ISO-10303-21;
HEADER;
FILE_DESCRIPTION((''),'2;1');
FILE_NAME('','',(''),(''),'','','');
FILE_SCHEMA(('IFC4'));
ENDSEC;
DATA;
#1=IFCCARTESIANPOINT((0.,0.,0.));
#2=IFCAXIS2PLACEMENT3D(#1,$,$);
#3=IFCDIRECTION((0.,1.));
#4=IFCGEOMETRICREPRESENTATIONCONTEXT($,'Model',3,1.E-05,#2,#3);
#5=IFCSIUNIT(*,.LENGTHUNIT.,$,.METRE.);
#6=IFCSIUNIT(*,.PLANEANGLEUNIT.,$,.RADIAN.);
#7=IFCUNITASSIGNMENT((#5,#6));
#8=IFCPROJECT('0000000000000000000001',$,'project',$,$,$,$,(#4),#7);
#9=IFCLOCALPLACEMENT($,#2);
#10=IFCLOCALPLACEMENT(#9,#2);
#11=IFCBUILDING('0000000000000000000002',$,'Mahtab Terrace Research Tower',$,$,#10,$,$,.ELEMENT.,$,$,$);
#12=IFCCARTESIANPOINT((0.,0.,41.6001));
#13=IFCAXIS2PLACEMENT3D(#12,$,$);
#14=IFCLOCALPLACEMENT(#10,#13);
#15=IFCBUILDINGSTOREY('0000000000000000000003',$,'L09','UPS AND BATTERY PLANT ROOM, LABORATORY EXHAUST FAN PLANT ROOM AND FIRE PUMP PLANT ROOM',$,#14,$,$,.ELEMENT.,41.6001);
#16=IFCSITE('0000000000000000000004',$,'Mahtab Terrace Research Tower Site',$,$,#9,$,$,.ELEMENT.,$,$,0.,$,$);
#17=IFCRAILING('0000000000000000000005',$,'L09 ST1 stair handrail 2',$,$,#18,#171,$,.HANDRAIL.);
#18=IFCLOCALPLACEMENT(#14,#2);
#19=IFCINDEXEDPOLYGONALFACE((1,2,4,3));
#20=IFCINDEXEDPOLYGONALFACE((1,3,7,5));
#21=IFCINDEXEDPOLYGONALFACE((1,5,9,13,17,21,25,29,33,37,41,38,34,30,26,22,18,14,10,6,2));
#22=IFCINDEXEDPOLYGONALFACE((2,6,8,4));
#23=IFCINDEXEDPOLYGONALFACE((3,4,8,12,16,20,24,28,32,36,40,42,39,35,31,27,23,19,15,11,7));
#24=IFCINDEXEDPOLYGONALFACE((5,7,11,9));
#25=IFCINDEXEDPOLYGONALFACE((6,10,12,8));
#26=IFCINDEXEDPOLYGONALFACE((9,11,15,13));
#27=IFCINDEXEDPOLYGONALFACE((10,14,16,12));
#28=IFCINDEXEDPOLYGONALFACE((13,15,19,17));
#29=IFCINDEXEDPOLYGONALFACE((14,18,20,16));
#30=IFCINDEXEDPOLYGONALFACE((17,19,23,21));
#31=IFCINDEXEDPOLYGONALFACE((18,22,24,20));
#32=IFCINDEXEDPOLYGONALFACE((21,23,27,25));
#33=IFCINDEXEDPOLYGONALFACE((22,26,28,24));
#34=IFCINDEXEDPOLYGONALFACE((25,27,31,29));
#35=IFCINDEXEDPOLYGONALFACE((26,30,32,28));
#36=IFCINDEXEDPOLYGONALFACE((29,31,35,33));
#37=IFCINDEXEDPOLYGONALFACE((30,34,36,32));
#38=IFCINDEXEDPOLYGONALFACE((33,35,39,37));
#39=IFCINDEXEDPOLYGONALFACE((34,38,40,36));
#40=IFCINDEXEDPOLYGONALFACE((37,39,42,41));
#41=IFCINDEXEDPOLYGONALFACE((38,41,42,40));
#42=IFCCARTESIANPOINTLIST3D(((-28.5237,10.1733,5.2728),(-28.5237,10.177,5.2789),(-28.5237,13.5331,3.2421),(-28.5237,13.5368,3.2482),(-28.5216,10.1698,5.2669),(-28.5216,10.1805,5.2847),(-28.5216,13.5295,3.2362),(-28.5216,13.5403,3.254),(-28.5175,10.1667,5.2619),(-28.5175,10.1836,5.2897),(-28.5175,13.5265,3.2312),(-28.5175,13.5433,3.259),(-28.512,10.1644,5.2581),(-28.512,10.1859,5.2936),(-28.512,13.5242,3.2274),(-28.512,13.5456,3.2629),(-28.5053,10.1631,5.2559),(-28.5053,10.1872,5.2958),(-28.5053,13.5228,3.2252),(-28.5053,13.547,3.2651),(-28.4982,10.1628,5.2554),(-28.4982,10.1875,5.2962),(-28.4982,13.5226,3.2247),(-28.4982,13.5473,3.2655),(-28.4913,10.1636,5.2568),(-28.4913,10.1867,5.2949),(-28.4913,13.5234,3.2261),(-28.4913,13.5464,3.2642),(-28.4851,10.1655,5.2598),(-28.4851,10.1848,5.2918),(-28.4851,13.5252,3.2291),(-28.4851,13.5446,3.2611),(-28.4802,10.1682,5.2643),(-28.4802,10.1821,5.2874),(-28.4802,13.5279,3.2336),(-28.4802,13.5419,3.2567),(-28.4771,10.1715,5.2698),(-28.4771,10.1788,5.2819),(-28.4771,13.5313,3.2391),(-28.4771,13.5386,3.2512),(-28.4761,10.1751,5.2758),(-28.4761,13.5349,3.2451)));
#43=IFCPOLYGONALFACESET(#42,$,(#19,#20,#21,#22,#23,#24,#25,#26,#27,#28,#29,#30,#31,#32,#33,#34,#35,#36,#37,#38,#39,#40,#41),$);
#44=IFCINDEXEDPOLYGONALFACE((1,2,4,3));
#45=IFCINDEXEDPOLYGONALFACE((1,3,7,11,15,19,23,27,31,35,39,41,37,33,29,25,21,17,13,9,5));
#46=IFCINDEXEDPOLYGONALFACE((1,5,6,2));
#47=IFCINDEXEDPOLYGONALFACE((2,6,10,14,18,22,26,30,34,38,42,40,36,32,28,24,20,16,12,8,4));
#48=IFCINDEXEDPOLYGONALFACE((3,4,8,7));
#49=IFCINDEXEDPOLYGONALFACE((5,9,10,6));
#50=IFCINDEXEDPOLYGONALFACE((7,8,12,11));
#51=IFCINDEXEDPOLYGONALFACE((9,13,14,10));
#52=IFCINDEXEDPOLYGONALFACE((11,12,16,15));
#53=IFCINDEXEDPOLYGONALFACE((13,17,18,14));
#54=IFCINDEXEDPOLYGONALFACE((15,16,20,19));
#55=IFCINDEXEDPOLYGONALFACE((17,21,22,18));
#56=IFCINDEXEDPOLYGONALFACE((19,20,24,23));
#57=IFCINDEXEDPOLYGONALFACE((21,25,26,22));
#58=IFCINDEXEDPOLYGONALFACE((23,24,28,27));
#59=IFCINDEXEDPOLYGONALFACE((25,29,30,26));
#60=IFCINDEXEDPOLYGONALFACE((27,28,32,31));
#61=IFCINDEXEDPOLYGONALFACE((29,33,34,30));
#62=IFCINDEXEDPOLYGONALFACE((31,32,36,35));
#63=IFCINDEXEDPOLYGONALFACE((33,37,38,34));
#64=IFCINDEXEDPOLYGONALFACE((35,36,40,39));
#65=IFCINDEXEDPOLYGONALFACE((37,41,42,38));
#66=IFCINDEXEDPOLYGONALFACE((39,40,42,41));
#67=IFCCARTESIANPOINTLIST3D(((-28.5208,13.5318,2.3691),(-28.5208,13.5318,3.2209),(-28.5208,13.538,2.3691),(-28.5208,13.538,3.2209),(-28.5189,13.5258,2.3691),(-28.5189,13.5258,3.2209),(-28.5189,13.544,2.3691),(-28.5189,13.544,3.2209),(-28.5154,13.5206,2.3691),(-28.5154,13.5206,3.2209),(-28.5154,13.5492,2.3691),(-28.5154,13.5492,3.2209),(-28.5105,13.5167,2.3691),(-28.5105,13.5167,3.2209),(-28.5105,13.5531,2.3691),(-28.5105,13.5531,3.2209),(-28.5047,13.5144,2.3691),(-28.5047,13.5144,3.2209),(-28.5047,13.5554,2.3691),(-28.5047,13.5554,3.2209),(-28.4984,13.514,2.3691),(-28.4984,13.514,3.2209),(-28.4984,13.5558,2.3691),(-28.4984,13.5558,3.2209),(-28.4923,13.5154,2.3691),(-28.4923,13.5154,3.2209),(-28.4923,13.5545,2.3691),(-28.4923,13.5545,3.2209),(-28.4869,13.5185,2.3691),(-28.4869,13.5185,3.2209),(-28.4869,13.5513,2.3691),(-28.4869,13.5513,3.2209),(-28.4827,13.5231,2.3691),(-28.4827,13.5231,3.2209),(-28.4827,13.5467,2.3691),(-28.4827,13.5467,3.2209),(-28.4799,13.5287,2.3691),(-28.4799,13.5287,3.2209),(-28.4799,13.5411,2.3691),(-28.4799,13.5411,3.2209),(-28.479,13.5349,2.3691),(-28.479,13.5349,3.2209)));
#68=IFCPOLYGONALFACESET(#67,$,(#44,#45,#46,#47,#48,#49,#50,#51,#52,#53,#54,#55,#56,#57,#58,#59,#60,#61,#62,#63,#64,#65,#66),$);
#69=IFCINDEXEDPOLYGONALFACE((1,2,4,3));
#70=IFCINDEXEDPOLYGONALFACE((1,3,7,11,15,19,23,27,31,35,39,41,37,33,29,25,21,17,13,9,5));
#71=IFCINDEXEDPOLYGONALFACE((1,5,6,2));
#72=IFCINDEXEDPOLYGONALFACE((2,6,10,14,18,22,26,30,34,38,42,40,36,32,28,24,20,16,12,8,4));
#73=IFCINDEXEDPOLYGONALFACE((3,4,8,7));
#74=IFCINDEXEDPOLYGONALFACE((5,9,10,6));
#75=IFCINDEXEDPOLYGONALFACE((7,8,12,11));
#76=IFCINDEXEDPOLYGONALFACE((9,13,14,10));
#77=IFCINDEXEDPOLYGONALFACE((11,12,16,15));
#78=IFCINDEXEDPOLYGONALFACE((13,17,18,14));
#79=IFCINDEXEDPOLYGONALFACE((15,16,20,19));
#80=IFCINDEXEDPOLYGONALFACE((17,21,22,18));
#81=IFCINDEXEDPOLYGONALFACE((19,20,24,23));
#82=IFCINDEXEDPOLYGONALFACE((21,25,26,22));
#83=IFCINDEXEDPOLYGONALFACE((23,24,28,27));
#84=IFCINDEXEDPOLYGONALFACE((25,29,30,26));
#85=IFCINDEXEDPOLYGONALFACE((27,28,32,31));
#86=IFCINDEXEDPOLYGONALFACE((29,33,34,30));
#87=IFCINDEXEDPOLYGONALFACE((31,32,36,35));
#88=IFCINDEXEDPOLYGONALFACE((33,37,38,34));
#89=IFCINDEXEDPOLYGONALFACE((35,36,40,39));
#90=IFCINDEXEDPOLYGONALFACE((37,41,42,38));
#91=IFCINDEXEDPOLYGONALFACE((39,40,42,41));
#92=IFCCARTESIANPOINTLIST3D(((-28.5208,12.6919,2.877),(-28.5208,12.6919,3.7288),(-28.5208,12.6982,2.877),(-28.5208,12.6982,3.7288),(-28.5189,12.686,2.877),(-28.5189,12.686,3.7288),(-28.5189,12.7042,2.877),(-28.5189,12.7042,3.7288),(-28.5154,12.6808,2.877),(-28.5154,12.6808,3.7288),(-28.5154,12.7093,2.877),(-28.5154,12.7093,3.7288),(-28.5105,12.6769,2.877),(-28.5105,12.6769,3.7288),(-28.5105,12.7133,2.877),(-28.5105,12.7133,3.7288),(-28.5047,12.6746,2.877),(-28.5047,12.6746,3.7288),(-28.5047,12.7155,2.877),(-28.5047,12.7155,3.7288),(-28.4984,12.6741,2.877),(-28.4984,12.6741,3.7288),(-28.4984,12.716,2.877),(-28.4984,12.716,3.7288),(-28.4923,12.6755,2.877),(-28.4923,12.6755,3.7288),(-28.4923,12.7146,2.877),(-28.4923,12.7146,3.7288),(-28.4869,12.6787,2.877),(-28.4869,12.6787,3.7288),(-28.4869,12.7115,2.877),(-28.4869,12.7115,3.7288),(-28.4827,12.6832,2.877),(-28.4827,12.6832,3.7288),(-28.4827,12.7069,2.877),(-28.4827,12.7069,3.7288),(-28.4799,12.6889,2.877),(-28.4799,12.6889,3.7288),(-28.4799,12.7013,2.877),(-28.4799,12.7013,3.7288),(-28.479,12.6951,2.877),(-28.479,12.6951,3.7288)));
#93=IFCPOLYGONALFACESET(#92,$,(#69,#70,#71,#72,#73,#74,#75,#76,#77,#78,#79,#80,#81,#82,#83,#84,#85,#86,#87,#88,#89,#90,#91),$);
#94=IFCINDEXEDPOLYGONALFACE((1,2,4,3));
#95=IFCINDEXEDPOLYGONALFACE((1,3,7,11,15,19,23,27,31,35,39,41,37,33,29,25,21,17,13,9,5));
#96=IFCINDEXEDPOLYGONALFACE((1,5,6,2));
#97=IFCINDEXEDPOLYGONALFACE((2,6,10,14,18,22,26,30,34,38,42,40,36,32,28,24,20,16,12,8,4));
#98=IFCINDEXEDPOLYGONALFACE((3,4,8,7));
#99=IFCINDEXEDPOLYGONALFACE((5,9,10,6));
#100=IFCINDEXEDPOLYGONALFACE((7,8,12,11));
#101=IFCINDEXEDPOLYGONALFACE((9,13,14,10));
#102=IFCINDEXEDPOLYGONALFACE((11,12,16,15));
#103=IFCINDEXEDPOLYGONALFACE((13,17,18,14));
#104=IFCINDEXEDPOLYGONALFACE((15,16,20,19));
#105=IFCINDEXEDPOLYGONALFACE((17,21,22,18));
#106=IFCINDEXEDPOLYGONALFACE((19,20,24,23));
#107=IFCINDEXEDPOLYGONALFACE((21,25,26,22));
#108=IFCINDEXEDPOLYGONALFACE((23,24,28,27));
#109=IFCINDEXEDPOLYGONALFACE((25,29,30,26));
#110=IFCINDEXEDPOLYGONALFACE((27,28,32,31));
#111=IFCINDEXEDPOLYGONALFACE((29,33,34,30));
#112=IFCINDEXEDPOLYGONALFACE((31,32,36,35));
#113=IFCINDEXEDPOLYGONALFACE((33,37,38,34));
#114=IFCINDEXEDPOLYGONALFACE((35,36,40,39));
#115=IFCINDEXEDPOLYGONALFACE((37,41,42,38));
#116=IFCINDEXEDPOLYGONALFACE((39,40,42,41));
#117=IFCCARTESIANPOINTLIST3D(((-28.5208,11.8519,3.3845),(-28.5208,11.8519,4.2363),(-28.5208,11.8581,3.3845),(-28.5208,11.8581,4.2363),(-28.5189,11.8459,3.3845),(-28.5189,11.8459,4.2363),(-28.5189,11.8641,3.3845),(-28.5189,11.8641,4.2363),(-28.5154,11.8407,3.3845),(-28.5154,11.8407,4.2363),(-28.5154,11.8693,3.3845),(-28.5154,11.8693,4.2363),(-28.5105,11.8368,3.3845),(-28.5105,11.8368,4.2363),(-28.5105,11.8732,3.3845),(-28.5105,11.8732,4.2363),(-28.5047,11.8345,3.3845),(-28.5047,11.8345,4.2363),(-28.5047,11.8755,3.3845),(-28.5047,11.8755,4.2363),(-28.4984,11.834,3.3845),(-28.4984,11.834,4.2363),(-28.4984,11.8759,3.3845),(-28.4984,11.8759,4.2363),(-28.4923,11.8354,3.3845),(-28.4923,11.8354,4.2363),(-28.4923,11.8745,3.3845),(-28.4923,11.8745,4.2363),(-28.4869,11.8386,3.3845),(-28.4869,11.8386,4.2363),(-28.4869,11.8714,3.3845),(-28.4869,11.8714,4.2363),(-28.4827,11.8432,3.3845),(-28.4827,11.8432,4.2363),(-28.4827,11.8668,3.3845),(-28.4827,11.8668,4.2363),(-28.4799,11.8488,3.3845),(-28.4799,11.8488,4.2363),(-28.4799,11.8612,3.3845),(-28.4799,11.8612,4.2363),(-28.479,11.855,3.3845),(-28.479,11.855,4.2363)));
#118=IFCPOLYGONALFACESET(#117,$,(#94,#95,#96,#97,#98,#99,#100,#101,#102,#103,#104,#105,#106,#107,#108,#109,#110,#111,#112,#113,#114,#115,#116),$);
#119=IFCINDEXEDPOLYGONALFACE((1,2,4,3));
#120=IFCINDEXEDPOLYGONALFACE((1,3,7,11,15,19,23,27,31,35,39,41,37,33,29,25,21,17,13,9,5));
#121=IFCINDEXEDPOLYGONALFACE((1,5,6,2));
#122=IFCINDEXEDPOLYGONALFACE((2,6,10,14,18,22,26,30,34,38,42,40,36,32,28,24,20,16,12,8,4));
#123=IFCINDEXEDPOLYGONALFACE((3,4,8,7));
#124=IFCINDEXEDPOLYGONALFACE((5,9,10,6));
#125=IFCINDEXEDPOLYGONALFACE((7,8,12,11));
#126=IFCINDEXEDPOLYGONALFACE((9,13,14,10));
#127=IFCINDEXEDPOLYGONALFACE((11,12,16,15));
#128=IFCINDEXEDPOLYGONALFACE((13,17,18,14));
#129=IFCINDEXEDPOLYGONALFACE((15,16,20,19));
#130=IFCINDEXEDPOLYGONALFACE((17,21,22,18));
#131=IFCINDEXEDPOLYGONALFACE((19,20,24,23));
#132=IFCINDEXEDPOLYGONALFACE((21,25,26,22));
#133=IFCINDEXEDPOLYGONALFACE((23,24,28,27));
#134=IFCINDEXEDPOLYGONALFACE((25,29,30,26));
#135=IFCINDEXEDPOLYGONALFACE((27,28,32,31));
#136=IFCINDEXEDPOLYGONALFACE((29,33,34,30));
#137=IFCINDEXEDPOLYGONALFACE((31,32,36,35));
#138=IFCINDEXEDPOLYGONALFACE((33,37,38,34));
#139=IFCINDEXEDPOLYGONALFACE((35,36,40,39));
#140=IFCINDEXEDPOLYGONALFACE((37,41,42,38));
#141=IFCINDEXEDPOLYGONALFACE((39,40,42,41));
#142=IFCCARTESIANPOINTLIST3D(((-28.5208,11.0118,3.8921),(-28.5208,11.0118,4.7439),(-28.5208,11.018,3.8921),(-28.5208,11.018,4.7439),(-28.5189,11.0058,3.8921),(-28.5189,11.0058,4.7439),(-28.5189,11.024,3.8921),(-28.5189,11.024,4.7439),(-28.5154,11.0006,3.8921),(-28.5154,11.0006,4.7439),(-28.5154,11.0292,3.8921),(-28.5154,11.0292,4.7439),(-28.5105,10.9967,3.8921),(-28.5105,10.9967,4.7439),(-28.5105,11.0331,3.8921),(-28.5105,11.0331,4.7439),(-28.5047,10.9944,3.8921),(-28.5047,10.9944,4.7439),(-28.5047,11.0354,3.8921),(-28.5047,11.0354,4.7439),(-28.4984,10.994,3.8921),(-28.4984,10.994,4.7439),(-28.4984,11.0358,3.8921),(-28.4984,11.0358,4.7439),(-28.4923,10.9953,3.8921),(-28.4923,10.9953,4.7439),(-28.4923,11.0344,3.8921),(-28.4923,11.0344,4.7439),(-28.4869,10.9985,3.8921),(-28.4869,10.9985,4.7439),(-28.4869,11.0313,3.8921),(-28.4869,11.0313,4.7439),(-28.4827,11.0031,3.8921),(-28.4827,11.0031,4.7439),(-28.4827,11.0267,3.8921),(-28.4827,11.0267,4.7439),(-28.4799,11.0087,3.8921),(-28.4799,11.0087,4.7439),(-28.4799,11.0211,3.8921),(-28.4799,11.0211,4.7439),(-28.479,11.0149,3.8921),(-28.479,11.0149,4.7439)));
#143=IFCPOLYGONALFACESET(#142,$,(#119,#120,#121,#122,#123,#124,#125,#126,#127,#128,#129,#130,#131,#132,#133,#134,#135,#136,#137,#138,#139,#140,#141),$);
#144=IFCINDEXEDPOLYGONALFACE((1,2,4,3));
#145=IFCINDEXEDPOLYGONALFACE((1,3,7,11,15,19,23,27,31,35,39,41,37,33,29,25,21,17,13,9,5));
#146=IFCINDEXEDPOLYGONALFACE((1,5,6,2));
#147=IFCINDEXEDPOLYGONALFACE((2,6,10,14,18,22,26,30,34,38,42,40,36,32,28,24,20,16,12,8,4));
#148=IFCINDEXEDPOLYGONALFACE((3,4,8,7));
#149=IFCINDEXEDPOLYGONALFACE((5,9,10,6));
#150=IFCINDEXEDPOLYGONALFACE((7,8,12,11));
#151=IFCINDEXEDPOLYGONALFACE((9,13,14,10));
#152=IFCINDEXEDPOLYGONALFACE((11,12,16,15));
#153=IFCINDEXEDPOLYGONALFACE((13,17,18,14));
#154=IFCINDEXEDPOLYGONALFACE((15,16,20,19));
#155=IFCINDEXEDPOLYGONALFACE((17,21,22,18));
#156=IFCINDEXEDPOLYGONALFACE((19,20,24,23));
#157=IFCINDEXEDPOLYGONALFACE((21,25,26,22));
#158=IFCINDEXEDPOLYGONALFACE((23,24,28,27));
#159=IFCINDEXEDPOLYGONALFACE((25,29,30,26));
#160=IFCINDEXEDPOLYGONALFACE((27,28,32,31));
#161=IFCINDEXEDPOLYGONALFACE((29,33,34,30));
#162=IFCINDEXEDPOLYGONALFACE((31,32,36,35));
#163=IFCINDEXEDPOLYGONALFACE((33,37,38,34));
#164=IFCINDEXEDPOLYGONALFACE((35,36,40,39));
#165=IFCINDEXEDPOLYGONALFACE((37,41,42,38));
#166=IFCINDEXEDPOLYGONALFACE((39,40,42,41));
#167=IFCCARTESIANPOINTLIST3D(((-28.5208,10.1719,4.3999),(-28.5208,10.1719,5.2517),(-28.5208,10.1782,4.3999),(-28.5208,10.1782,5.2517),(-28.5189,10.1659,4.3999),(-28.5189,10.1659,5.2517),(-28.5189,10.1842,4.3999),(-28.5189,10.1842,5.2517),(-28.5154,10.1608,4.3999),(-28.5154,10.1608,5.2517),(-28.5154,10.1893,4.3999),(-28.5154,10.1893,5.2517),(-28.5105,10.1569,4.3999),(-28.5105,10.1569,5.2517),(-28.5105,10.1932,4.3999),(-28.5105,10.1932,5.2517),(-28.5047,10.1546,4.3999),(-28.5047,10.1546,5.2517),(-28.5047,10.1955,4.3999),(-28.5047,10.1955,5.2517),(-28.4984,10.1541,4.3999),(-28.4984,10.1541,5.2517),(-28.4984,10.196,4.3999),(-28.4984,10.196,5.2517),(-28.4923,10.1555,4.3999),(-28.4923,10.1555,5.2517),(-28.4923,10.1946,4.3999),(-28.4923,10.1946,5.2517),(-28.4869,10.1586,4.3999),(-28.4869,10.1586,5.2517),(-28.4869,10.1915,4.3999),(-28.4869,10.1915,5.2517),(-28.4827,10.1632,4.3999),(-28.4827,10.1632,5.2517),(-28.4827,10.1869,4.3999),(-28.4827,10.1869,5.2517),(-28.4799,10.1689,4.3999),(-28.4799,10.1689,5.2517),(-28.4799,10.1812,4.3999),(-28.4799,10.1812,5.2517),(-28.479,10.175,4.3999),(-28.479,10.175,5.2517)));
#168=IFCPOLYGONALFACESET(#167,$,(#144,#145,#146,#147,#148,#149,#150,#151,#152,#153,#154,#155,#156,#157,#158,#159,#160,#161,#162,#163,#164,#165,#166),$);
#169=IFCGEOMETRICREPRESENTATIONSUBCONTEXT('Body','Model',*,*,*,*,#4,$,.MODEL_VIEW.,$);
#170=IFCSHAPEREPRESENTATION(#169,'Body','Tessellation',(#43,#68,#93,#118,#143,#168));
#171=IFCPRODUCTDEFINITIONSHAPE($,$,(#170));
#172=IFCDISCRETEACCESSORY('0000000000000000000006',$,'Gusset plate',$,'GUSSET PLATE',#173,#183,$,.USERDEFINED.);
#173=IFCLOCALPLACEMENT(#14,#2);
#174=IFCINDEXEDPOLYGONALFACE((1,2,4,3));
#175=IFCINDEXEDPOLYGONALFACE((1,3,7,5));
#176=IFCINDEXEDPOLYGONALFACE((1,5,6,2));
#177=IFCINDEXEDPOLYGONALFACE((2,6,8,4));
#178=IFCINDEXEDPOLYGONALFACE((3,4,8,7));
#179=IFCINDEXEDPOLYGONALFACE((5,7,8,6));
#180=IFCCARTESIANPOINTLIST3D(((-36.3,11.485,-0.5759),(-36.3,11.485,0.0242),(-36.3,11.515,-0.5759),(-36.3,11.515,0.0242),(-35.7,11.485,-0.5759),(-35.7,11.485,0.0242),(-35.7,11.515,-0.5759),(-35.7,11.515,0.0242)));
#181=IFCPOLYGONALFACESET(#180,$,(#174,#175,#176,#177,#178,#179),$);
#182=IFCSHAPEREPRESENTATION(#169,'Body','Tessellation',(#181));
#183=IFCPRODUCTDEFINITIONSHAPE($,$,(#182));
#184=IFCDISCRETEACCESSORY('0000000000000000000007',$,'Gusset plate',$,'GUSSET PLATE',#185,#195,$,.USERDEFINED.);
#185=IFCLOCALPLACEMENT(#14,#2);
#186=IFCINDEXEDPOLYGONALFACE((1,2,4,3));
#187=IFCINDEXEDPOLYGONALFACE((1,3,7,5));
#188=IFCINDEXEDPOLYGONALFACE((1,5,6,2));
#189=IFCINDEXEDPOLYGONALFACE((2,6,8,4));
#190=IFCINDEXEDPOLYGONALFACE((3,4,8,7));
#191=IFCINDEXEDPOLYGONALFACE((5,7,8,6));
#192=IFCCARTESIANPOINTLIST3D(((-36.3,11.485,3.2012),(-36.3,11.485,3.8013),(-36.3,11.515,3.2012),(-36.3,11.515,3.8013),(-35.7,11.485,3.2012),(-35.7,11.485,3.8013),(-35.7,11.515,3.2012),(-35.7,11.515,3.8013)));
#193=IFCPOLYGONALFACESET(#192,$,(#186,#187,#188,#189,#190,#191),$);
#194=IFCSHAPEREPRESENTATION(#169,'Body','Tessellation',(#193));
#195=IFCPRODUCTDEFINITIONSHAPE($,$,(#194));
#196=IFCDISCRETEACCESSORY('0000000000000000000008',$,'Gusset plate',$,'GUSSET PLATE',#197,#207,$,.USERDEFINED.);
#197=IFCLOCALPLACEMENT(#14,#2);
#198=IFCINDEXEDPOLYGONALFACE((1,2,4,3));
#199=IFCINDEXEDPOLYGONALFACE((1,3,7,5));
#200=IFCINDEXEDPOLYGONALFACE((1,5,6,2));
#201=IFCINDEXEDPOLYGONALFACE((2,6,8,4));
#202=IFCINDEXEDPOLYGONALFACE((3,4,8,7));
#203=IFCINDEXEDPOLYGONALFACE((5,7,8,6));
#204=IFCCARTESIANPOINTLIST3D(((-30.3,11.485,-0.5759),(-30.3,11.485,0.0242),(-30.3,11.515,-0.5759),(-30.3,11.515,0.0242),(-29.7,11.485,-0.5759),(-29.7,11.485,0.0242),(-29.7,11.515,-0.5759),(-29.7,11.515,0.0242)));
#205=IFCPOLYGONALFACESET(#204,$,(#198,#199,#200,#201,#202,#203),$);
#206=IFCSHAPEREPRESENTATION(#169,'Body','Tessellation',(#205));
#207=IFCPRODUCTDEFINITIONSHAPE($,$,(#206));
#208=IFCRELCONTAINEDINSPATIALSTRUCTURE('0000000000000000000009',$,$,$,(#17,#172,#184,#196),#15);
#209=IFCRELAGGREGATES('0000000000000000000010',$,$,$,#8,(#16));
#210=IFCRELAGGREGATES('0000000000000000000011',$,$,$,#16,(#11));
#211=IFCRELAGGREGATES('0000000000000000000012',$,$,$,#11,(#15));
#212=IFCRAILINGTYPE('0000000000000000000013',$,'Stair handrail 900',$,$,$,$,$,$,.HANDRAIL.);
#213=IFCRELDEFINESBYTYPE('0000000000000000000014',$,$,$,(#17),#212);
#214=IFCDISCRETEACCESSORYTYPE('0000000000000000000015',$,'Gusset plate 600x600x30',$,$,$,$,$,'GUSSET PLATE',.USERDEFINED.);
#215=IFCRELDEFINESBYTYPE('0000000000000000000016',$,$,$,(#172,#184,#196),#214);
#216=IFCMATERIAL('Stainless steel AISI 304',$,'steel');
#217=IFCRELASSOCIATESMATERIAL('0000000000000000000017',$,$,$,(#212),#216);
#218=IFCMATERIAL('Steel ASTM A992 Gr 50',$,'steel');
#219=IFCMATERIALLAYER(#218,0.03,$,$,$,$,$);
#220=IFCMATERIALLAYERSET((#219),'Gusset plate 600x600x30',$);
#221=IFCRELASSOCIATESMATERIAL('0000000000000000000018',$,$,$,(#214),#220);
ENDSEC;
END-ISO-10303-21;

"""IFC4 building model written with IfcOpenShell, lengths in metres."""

from ifc_helpers import new_model, si_unit, direction, frame, origin, origin_2d, place, context, subcontext, project, spatial, rectangle, circle, extrude, material, layer, layer_set, type_object, element, save


model = new_model("IFC4")

# Units and contexts
model_context = context("Model", 3, precision=1e-05, world=origin(), true_north=direction((0.0, 1.0)))
body_context = subcontext(model_context, "Body", "Model", "MODEL_VIEW")
ifc_project = project(units=[si_unit("LENGTHUNIT", "METRE"), si_unit("PLANEANGLEUNIT", "RADIAN")], contexts=[model_context])

# Site, building, storey
site_placement = place(None, origin())
site = spatial("IfcSite", under=ifc_project, at=site_placement, Name="Mahtab Terrace Research Tower Site", CompositionType="ELEMENT", RefElevation=0.0)
building_placement = place(site_placement, origin())
building = spatial("IfcBuilding", under=site, at=building_placement, Name="Mahtab Terrace Research Tower", CompositionType="ELEMENT")
storey_placement = place(building_placement, frame((0.0, 0.0, 41.6001)))
storey = spatial("IfcBuildingStorey", under=building, at=storey_placement, Name="L09", Description="UPS AND BATTERY PLANT ROOM, LABORATORY EXHAUST FAN PLANT ROOM AND FIRE PUMP PLANT ROOM", CompositionType="ELEMENT", Elevation=41.6001)

# Shared definitions
ifc_material_1 = material(Name="Steel ASTM A992 Gr 50", Category="steel")

# Railing
ifc_material_2 = material(Name="Stainless steel AISI 304", Category="steel")
railing_type_1 = type_object("IfcRailingType", Name="Stair handrail 900", PredefinedType="HANDRAIL", material=ifc_material_2)
railing_1_placement = place(storey_placement, frame((-28.5, 13.5349, 2.3691)))
element("IfcRailing", 1, at=railing_1_placement, inside=storey, type_object=railing_type_1, Name="L09 ST1 stair handrail 2", PredefinedType="HANDRAIL", context=body_context, shape_type="SweptSolid", body=[
    extrude(circle(Radius=0.0239, at=origin_2d()), frame((0.0, 0.0, 0.876), z_axis=(0.0, -0.85582, 0.517273), x_axis=(1.0, 0.0, 0.0)), (0.0, 0.0, 1.0), 3.9258),
    extrude(circle(Radius=0.021, at=origin_2d()), origin(), (0.0, 0.0, 1.0), 0.8518),
    extrude(circle(Radius=0.021, at=origin_2d()), frame((0.0, -0.8398, 0.5078)), (0.0, 0.0, 1.0), 0.8518),
    extrude(circle(Radius=0.021, at=origin_2d()), frame((0.0, -1.6799, 1.0154)), (0.0, 0.0, 1.0), 0.8518),
    extrude(circle(Radius=0.021, at=origin_2d()), frame((0.0, -2.52, 1.5229)), (0.0, 0.0, 1.0), 0.8518),
    extrude(circle(Radius=0.021, at=origin_2d()), frame((0.0, -3.3599, 2.0308)), (0.0, 0.0, 1.0), 0.8518),
])

# Discrete accessories
ifc_layer_1 = layer(ifc_material_1, 0.03)
ifc_layer_set_1 = layer_set([ifc_layer_1], Name="Gusset plate 600x600x30")
discrete_accessory_type = type_object("IfcDiscreteAccessoryType", Name="Gusset plate 600x600x30", ElementType="GUSSET PLATE", PredefinedType="USERDEFINED", material=ifc_layer_set_1)
for number, where, z_axis, x_axis, name in (
    (2, (-36.0, 11.5, -0.5759), (0.0, 0.0, 1.0), (1.0, 0.0, 0.0), "Gusset plate"),
    (3, (-36.0, 11.5, 3.2012), (0.0, 0.0, 1.0), (1.0, 0.0, 0.0), "Gusset plate"),
    (4, (-30.0, 11.5, -0.5759), (0.0, 0.0, 1.0), (1.0, 0.0, 0.0), "Gusset plate"),
):
    element("IfcDiscreteAccessory", number, at=place(storey_placement, frame(where, z_axis=z_axis, x_axis=x_axis)), inside=storey, type_object=discrete_accessory_type, Name=name, ObjectType="GUSSET PLATE", PredefinedType="USERDEFINED", context=body_context, shape_type="SweptSolid", body=[
        extrude(rectangle(XDim=0.6001, YDim=0.03, at=origin_2d()), origin(), (0.0, 0.0, 1.0), 0.6001),
    ])

save(model, "model.ifc")
